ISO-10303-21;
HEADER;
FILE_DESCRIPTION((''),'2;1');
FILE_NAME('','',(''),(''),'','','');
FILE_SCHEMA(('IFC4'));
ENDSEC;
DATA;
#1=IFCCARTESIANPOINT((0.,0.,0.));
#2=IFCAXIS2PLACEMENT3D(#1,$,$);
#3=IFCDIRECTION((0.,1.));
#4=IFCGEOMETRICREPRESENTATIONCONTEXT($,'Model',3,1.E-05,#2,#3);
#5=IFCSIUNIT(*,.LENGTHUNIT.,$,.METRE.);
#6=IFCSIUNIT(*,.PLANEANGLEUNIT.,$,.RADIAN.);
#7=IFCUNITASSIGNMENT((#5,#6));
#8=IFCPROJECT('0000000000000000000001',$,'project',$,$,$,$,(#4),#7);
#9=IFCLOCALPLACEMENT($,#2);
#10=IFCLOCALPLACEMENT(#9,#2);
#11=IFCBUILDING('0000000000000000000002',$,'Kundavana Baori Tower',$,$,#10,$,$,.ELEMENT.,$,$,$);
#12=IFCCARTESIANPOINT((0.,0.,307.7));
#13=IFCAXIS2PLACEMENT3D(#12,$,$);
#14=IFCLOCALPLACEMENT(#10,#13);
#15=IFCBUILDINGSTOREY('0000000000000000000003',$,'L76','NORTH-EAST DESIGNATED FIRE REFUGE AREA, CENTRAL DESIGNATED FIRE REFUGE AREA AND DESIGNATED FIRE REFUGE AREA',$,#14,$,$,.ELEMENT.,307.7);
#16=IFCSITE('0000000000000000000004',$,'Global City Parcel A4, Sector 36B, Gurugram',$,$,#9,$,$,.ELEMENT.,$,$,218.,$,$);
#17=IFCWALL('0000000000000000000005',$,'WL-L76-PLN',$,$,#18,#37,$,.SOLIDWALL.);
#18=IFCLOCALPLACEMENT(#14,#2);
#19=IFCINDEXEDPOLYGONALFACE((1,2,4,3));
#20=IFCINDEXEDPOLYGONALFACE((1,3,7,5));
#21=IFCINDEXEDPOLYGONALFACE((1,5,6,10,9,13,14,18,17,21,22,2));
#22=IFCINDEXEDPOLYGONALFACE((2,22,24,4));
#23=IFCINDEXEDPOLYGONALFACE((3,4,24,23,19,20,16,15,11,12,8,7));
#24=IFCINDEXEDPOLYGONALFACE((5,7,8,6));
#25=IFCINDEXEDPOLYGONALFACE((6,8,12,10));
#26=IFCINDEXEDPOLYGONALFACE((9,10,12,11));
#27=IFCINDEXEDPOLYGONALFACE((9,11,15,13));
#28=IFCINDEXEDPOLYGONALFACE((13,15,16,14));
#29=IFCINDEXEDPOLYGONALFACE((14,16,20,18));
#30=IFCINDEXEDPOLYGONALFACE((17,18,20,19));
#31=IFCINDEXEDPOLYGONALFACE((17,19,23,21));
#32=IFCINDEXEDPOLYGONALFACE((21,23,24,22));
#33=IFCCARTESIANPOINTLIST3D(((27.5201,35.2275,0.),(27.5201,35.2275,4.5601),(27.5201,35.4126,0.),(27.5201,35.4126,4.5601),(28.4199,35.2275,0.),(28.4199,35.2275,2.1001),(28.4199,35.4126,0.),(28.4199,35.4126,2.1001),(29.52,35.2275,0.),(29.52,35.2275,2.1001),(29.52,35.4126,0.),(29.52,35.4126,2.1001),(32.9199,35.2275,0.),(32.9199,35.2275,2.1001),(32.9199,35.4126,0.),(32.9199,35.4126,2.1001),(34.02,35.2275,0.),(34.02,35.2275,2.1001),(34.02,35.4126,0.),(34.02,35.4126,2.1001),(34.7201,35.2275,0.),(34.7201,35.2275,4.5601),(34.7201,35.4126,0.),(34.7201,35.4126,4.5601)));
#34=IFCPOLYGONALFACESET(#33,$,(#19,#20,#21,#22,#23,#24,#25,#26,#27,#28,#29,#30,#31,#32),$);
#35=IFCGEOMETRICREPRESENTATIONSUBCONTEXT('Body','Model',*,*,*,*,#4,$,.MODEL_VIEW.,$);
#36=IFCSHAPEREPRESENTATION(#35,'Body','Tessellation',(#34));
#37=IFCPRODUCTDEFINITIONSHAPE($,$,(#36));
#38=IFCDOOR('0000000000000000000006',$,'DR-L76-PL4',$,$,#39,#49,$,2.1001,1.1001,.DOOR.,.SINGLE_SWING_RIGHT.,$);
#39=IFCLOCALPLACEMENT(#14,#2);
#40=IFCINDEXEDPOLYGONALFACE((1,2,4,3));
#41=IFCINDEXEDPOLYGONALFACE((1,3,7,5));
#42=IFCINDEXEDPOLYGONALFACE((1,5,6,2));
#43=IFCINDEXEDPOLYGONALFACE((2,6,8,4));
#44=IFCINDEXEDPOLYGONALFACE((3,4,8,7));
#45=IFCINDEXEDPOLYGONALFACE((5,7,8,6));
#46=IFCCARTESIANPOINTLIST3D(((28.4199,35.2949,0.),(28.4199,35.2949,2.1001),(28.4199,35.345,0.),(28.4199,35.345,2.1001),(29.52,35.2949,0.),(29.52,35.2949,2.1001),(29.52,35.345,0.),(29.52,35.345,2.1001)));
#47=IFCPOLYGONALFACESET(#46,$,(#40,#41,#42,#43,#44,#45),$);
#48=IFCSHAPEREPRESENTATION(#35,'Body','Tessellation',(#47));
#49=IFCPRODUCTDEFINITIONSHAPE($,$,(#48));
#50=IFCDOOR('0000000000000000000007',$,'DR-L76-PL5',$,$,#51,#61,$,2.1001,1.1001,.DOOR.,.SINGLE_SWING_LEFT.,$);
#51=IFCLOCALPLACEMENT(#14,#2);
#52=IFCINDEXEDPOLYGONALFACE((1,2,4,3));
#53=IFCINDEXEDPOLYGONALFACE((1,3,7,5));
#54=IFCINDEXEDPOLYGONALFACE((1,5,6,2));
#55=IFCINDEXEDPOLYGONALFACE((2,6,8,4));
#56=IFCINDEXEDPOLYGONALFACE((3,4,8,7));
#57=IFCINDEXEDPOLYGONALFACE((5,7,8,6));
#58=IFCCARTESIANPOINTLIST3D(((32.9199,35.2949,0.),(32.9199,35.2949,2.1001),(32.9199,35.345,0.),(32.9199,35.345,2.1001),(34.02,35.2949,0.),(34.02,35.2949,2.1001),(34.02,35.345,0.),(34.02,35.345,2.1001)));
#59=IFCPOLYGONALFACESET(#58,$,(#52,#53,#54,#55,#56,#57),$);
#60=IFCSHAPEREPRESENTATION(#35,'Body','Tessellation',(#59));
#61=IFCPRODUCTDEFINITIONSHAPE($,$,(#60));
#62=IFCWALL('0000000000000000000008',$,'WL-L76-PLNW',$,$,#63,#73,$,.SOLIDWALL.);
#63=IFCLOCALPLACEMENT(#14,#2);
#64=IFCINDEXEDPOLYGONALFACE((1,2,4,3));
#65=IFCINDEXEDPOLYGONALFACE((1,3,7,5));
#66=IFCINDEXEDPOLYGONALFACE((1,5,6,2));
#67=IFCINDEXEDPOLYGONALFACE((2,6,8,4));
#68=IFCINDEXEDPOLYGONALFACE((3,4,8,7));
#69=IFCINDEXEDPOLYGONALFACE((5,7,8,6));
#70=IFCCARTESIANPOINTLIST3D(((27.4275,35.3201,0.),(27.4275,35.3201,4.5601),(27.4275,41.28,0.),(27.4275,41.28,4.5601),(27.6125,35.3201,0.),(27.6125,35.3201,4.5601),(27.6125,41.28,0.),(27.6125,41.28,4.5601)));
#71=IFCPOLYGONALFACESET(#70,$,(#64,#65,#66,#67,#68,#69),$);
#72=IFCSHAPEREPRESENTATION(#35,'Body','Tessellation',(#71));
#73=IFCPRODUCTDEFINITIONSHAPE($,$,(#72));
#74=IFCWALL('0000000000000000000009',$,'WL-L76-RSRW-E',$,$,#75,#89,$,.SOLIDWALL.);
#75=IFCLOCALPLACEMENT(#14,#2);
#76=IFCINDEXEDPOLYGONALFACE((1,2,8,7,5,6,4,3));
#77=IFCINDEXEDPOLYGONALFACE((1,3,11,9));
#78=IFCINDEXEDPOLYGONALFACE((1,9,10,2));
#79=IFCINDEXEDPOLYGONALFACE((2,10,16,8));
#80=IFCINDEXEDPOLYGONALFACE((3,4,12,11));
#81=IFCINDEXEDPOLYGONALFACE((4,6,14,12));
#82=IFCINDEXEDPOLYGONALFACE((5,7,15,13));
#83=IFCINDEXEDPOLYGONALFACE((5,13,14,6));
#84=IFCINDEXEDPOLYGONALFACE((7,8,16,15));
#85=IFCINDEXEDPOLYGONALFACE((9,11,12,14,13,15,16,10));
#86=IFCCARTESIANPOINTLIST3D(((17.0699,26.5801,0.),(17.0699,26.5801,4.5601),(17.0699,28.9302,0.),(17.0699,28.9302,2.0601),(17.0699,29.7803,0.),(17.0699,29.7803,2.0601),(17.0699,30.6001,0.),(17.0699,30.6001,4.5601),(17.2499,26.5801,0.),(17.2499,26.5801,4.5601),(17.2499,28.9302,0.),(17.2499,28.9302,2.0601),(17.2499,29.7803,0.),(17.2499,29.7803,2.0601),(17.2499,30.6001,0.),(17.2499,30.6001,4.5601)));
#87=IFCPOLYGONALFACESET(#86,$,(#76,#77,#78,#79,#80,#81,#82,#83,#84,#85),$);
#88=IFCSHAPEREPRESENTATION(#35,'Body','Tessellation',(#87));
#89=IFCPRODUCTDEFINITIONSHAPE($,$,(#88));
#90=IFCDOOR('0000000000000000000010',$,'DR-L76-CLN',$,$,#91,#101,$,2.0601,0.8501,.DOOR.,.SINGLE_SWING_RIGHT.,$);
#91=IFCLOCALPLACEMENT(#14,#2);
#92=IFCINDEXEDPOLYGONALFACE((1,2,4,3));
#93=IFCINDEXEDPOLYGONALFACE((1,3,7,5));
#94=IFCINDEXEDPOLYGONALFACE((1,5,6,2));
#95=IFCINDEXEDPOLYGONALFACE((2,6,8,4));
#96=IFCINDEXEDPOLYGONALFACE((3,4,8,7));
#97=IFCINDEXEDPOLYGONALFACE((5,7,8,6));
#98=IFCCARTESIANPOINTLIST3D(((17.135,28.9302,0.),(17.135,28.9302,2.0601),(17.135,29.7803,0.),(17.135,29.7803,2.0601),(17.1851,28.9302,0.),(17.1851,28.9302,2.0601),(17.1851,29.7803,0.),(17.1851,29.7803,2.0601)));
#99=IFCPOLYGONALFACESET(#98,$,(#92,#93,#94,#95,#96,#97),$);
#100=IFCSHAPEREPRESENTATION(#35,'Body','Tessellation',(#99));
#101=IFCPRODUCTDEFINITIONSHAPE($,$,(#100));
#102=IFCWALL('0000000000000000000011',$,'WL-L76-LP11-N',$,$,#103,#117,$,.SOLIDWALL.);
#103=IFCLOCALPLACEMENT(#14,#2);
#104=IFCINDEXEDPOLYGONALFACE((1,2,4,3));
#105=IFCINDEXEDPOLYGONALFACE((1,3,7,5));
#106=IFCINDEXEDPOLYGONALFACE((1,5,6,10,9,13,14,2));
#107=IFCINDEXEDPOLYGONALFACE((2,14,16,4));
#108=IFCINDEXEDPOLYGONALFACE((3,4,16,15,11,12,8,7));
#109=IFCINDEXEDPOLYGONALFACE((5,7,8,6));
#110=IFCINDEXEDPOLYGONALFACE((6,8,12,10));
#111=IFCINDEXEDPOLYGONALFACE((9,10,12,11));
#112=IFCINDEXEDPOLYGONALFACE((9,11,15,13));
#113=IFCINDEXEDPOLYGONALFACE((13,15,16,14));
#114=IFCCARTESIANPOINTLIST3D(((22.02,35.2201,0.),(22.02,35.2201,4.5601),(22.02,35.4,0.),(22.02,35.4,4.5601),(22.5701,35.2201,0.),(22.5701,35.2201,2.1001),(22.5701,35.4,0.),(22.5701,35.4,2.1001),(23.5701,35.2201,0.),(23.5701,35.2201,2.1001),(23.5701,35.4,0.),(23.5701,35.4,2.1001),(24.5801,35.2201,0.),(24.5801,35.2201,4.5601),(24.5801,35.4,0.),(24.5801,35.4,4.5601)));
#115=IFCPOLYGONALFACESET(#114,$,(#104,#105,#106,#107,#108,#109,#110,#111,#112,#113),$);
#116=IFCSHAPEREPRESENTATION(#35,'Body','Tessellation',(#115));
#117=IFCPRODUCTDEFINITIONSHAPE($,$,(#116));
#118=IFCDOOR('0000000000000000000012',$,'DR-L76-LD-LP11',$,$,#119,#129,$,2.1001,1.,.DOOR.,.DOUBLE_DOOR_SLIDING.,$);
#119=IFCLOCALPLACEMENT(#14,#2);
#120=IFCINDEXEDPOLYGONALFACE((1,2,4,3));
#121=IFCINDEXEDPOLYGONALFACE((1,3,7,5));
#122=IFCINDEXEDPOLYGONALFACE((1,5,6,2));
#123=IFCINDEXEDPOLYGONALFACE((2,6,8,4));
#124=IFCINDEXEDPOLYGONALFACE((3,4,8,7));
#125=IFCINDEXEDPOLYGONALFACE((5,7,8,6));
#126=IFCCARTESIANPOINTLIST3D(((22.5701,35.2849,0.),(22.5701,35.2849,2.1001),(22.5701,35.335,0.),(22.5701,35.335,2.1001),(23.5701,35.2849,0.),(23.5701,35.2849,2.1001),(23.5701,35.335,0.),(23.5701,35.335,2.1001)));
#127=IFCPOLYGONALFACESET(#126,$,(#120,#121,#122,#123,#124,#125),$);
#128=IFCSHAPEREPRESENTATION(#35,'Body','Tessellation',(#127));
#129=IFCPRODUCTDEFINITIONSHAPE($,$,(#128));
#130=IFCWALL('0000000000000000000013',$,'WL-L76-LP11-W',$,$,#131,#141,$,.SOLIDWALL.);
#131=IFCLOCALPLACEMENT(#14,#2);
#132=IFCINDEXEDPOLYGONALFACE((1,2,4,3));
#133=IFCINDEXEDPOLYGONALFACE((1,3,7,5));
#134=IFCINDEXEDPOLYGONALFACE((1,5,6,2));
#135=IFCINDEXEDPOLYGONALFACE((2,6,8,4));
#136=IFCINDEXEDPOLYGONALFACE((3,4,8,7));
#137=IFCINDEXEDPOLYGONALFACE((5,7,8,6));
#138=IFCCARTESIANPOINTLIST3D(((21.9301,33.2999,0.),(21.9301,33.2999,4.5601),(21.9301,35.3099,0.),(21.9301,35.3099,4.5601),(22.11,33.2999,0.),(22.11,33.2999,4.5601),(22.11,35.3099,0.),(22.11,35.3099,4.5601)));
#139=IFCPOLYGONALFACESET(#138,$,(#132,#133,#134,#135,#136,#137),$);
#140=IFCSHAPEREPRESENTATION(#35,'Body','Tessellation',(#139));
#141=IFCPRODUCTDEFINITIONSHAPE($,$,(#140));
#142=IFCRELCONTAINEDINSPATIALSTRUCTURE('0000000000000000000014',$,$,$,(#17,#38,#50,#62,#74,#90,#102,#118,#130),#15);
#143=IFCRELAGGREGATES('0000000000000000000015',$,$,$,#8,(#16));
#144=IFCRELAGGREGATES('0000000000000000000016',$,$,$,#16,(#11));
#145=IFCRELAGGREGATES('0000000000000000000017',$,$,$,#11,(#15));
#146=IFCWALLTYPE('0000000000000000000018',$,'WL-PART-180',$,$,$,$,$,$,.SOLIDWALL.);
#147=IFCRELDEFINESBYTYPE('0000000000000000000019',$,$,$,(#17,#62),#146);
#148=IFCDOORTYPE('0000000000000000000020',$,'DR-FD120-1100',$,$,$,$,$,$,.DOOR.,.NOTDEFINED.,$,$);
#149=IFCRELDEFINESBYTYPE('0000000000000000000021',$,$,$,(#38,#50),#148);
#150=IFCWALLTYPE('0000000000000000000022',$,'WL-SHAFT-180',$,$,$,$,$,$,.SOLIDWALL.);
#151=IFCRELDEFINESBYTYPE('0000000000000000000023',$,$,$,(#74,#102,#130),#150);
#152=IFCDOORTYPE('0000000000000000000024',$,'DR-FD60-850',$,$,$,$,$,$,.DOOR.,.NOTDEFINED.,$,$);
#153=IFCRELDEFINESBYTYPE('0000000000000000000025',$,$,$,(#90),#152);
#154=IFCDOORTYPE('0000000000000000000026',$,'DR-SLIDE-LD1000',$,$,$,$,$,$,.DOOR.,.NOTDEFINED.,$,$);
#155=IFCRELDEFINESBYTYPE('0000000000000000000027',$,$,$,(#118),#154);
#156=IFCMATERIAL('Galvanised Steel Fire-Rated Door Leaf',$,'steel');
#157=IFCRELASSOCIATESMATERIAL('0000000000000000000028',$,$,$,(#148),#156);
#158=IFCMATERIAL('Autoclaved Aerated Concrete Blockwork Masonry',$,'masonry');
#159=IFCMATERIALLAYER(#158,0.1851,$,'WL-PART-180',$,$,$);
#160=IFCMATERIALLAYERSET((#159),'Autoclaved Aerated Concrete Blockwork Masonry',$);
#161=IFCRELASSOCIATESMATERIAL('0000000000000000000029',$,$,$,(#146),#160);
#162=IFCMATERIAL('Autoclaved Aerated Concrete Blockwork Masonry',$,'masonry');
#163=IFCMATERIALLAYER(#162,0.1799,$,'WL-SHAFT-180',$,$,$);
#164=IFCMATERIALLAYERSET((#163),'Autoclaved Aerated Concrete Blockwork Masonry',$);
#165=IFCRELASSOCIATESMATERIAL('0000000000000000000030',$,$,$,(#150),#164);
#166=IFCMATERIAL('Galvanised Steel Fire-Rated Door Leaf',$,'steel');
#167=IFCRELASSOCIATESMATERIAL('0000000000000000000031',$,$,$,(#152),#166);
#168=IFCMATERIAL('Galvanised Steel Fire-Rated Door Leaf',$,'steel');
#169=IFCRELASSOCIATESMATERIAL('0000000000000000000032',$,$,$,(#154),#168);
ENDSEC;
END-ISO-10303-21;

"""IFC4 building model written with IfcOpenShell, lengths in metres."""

from ifc_helpers import new_model, si_unit, direction, frame, frame_2d, origin, place, context, subcontext, project, spatial, rectangle, extrude, material, layer, layer_set, type_object, element, fill, save


model = new_model("IFC4")

# Units and contexts
model_context = context("Model", 3, precision=1e-05, world=origin(), true_north=direction((0.0, 1.0)))
body_context = subcontext(model_context, "Body", "Model", "MODEL_VIEW")
ifc_project = project(units=[si_unit("LENGTHUNIT", "METRE"), si_unit("PLANEANGLEUNIT", "RADIAN")], contexts=[model_context])

# Site, building, storey
site_placement = place(None, origin())
site = spatial("IfcSite", under=ifc_project, at=site_placement, Name="Global City Parcel A4, Sector 36B, Gurugram", CompositionType="ELEMENT", RefElevation=218.0)
building_placement = place(site_placement, origin())
building = spatial("IfcBuilding", under=site, at=building_placement, Name="Kundavana Baori Tower", CompositionType="ELEMENT")
storey_placement = place(building_placement, frame((0.0, 0.0, 307.7)))
storey = spatial("IfcBuildingStorey", under=building, at=storey_placement, Name="L76", Description="NORTH-EAST DESIGNATED FIRE REFUGE AREA, CENTRAL DESIGNATED FIRE REFUGE AREA AND DESIGNATED FIRE REFUGE AREA", CompositionType="ELEMENT", Elevation=307.7)

# Shared definitions
ifc_material_1 = material(Name="Galvanised Steel Fire-Rated Door Leaf", Category="steel")
door_type_1 = type_object("IfcDoorType", Name="DR-FD120-1100", OperationType="NOTDEFINED", PredefinedType="DOOR", material=ifc_material_1)

# Wall, openings, doors
ifc_material_2 = material(Name="Autoclaved Aerated Concrete Blockwork Masonry", Category="masonry")
ifc_layer_1 = layer(ifc_material_2, 0.1851, Name="WL-PART-180")
ifc_layer_set_1 = layer_set([ifc_layer_1], Name="Autoclaved Aerated Concrete Blockwork Masonry")
wall_type_1 = type_object("IfcWallType", Name="WL-PART-180", PredefinedType="SOLIDWALL", material=ifc_layer_set_1)
wall_1_placement = place(storey_placement, frame((27.52, 35.3201, 0.0), z_axis=(0.0, 0.0, 1.0), x_axis=(1.0, 0.0, 0.0)))
wall_1 = element("IfcWall", 1, at=wall_1_placement, inside=storey, type_object=wall_type_1, Name="WL-L76-PLN", PredefinedType="SOLIDWALL", context=body_context, shape_type="SweptSolid", body=[
    extrude(rectangle(XDim=7.2, YDim=0.1851, at=frame_2d((3.6001, 0.0))), origin(), (0.0, 0.0, 1.0), 4.5601),
])
opening_1_placement = place(wall_1_placement, frame((0.8999, 0.0, 0.0)))
opening_1 = element("IfcOpeningElement", 2, at=opening_1_placement, cuts=wall_1, PredefinedType="OPENING", context=body_context, shape_type="SweptSolid", body=[
    extrude(rectangle(XDim=1.1001, YDim=2.1001, at=frame_2d((0.55, 1.05))), frame((0.0, 0.1025, 0.0), z_axis=(0.0, -1.0, 0.0), x_axis=(1.0, 0.0, 0.0)), (0.0, 0.0, 1.0), 0.2051),
])
opening_2_placement = place(wall_1_placement, frame((5.3999, 0.0, 0.0)))
opening_2 = element("IfcOpeningElement", 3, at=opening_2_placement, cuts=wall_1, PredefinedType="OPENING", context=body_context, shape_type="SweptSolid", body=[
    extrude(rectangle(XDim=1.1001, YDim=2.1001, at=frame_2d((0.55, 1.05))), frame((0.0, 0.1025, 0.0), z_axis=(0.0, -1.0, 0.0), x_axis=(1.0, 0.0, 0.0)), (0.0, 0.0, 1.0), 0.2051),
])
door_1_placement = place(opening_1_placement, origin())
door_1 = element("IfcDoor", 4, at=door_1_placement, inside=storey, type_object=door_type_1, Name="DR-L76-PL4", OperationType="SINGLE_SWING_RIGHT", OverallHeight=2.1001, OverallWidth=1.1001, PredefinedType="DOOR", context=body_context, shape_type="SweptSolid", body=[
    extrude(rectangle(XDim=1.1001, YDim=2.1001, at=frame_2d((0.55, 1.05))), frame((0.0, 0.0249, 0.0), z_axis=(0.0, -1.0, 0.0), x_axis=(1.0, 0.0, 0.0)), (0.0, 0.0, 1.0), 0.05),
])
fill(opening_1, door_1)
door_2_placement = place(opening_2_placement, origin())
door_2 = element("IfcDoor", 5, at=door_2_placement, inside=storey, type_object=door_type_1, Name="DR-L76-PL5", OperationType="SINGLE_SWING_LEFT", OverallHeight=2.1001, OverallWidth=1.1001, PredefinedType="DOOR", context=body_context, shape_type="SweptSolid", body=[
    extrude(rectangle(XDim=1.1001, YDim=2.1001, at=frame_2d((0.55, 1.05))), frame((0.0, 0.0249, 0.0), z_axis=(0.0, -1.0, 0.0), x_axis=(1.0, 0.0, 0.0)), (0.0, 0.0, 1.0), 0.05),
])
fill(opening_2, door_2)

# Wall
wall_2_placement = place(storey_placement, frame((27.52, 35.3201, 0.0), z_axis=(0.0, 0.0, 1.0), x_axis=(0.0, 1.0, 0.0)))
element("IfcWall", 6, at=wall_2_placement, inside=storey, type_object=wall_type_1, Name="WL-L76-PLNW", PredefinedType="SOLIDWALL", context=body_context, shape_type="SweptSolid", body=[
    extrude(rectangle(XDim=5.96, YDim=0.1851, at=frame_2d((2.98, 0.0))), origin(), (0.0, 0.0, 1.0), 4.5601),
])

# Walls, openings, doors
ifc_material_3 = material(Name="Autoclaved Aerated Concrete Blockwork Masonry", Category="masonry")
ifc_layer_2 = layer(ifc_material_3, 0.1799, Name="WL-SHAFT-180")
ifc_layer_set_2 = layer_set([ifc_layer_2], Name="Autoclaved Aerated Concrete Blockwork Masonry")
wall_type_2 = type_object("IfcWallType", Name="WL-SHAFT-180", PredefinedType="SOLIDWALL", material=ifc_layer_set_2)
wall_3_placement = place(storey_placement, frame((17.1599, 26.5801, 0.0), z_axis=(0.0, 0.0, 1.0), x_axis=(0.0, 1.0, 0.0)))
wall_3 = element("IfcWall", 7, at=wall_3_placement, inside=storey, type_object=wall_type_2, Name="WL-L76-RSRW-E", PredefinedType="SOLIDWALL", context=body_context, shape_type="SweptSolid", body=[
    extrude(rectangle(XDim=4.02, YDim=0.1799, at=frame_2d((2.01, 0.0))), origin(), (0.0, 0.0, 1.0), 4.5601),
])
opening_3_placement = place(wall_3_placement, frame((2.3501, 0.0, 0.0)))
opening_3 = element("IfcOpeningElement", 8, at=opening_3_placement, cuts=wall_3, PredefinedType="OPENING", context=body_context, shape_type="SweptSolid", body=[
    extrude(rectangle(XDim=0.8501, YDim=2.0601, at=frame_2d((0.425, 1.03))), frame((0.0, 0.1001, 0.0), z_axis=(0.0, -1.0, 0.0), x_axis=(1.0, 0.0, 0.0)), (0.0, 0.0, 1.0), 0.2),
])
ifc_material_4 = material(Name="Galvanised Steel Fire-Rated Door Leaf", Category="steel")
door_type_2 = type_object("IfcDoorType", Name="DR-FD60-850", OperationType="NOTDEFINED", PredefinedType="DOOR", material=ifc_material_4)
door_3_placement = place(opening_3_placement, origin())
door_3 = element("IfcDoor", 9, at=door_3_placement, inside=storey, type_object=door_type_2, Name="DR-L76-CLN", OperationType="SINGLE_SWING_RIGHT", OverallHeight=2.0601, OverallWidth=0.8501, PredefinedType="DOOR", context=body_context, shape_type="SweptSolid", body=[
    extrude(rectangle(XDim=0.8501, YDim=2.0601, at=frame_2d((0.425, 1.03))), frame((0.0, 0.0249, 0.0), z_axis=(0.0, -1.0, 0.0), x_axis=(1.0, 0.0, 0.0)), (0.0, 0.0, 1.0), 0.05),
])
fill(opening_3, door_3)
wall_4_placement = place(storey_placement, frame((22.02, 35.3101, 0.0), z_axis=(0.0, 0.0, 1.0), x_axis=(1.0, 0.0, 0.0)))
wall_4 = element("IfcWall", 10, at=wall_4_placement, inside=storey, type_object=wall_type_2, Name="WL-L76-LP11-N", PredefinedType="SOLIDWALL", context=body_context, shape_type="SweptSolid", body=[
    extrude(rectangle(XDim=2.5601, YDim=0.1799, at=frame_2d((1.28, 0.0))), origin(), (0.0, 0.0, 1.0), 4.5601),
])
opening_4_placement = place(wall_4_placement, frame((0.55, 0.0, 0.0)))
opening_4 = element("IfcOpeningElement", 11, at=opening_4_placement, cuts=wall_4, PredefinedType="OPENING", context=body_context, shape_type="SweptSolid", body=[
    extrude(rectangle(XDim=1.0, YDim=2.1001, at=frame_2d((0.5, 1.05))), frame((0.0, 0.1001, 0.0), z_axis=(0.0, -1.0, 0.0), x_axis=(1.0, 0.0, 0.0)), (0.0, 0.0, 1.0), 0.2),
])
ifc_material_5 = material(Name="Galvanised Steel Fire-Rated Door Leaf", Category="steel")
door_type_3 = type_object("IfcDoorType", Name="DR-SLIDE-LD1000", OperationType="NOTDEFINED", PredefinedType="DOOR", material=ifc_material_5)
door_4_placement = place(opening_4_placement, origin())
door_4 = element("IfcDoor", 12, at=door_4_placement, inside=storey, type_object=door_type_3, Name="DR-L76-LD-LP11", OperationType="DOUBLE_DOOR_SLIDING", OverallHeight=2.1001, OverallWidth=1.0, PredefinedType="DOOR", context=body_context, shape_type="SweptSolid", body=[
    extrude(rectangle(XDim=1.0, YDim=2.1001, at=frame_2d((0.5, 1.05))), frame((0.0, 0.0249, 0.0), z_axis=(0.0, -1.0, 0.0), x_axis=(1.0, 0.0, 0.0)), (0.0, 0.0, 1.0), 0.05),
])
fill(opening_4, door_4)

# Wall
wall_5_placement = place(storey_placement, frame((22.02, 33.3, 0.0), z_axis=(0.0, 0.0, 1.0), x_axis=(0.0, 1.0, 0.0)))
element("IfcWall", 13, at=wall_5_placement, inside=storey, type_object=wall_type_2, Name="WL-L76-LP11-W", PredefinedType="SOLIDWALL", context=body_context, shape_type="SweptSolid", body=[
    extrude(rectangle(XDim=2.01, YDim=0.1799, at=frame_2d((1.0049, 0.0))), origin(), (0.0, 0.0, 1.0), 4.5601),
])

save(model, "model.ifc")
